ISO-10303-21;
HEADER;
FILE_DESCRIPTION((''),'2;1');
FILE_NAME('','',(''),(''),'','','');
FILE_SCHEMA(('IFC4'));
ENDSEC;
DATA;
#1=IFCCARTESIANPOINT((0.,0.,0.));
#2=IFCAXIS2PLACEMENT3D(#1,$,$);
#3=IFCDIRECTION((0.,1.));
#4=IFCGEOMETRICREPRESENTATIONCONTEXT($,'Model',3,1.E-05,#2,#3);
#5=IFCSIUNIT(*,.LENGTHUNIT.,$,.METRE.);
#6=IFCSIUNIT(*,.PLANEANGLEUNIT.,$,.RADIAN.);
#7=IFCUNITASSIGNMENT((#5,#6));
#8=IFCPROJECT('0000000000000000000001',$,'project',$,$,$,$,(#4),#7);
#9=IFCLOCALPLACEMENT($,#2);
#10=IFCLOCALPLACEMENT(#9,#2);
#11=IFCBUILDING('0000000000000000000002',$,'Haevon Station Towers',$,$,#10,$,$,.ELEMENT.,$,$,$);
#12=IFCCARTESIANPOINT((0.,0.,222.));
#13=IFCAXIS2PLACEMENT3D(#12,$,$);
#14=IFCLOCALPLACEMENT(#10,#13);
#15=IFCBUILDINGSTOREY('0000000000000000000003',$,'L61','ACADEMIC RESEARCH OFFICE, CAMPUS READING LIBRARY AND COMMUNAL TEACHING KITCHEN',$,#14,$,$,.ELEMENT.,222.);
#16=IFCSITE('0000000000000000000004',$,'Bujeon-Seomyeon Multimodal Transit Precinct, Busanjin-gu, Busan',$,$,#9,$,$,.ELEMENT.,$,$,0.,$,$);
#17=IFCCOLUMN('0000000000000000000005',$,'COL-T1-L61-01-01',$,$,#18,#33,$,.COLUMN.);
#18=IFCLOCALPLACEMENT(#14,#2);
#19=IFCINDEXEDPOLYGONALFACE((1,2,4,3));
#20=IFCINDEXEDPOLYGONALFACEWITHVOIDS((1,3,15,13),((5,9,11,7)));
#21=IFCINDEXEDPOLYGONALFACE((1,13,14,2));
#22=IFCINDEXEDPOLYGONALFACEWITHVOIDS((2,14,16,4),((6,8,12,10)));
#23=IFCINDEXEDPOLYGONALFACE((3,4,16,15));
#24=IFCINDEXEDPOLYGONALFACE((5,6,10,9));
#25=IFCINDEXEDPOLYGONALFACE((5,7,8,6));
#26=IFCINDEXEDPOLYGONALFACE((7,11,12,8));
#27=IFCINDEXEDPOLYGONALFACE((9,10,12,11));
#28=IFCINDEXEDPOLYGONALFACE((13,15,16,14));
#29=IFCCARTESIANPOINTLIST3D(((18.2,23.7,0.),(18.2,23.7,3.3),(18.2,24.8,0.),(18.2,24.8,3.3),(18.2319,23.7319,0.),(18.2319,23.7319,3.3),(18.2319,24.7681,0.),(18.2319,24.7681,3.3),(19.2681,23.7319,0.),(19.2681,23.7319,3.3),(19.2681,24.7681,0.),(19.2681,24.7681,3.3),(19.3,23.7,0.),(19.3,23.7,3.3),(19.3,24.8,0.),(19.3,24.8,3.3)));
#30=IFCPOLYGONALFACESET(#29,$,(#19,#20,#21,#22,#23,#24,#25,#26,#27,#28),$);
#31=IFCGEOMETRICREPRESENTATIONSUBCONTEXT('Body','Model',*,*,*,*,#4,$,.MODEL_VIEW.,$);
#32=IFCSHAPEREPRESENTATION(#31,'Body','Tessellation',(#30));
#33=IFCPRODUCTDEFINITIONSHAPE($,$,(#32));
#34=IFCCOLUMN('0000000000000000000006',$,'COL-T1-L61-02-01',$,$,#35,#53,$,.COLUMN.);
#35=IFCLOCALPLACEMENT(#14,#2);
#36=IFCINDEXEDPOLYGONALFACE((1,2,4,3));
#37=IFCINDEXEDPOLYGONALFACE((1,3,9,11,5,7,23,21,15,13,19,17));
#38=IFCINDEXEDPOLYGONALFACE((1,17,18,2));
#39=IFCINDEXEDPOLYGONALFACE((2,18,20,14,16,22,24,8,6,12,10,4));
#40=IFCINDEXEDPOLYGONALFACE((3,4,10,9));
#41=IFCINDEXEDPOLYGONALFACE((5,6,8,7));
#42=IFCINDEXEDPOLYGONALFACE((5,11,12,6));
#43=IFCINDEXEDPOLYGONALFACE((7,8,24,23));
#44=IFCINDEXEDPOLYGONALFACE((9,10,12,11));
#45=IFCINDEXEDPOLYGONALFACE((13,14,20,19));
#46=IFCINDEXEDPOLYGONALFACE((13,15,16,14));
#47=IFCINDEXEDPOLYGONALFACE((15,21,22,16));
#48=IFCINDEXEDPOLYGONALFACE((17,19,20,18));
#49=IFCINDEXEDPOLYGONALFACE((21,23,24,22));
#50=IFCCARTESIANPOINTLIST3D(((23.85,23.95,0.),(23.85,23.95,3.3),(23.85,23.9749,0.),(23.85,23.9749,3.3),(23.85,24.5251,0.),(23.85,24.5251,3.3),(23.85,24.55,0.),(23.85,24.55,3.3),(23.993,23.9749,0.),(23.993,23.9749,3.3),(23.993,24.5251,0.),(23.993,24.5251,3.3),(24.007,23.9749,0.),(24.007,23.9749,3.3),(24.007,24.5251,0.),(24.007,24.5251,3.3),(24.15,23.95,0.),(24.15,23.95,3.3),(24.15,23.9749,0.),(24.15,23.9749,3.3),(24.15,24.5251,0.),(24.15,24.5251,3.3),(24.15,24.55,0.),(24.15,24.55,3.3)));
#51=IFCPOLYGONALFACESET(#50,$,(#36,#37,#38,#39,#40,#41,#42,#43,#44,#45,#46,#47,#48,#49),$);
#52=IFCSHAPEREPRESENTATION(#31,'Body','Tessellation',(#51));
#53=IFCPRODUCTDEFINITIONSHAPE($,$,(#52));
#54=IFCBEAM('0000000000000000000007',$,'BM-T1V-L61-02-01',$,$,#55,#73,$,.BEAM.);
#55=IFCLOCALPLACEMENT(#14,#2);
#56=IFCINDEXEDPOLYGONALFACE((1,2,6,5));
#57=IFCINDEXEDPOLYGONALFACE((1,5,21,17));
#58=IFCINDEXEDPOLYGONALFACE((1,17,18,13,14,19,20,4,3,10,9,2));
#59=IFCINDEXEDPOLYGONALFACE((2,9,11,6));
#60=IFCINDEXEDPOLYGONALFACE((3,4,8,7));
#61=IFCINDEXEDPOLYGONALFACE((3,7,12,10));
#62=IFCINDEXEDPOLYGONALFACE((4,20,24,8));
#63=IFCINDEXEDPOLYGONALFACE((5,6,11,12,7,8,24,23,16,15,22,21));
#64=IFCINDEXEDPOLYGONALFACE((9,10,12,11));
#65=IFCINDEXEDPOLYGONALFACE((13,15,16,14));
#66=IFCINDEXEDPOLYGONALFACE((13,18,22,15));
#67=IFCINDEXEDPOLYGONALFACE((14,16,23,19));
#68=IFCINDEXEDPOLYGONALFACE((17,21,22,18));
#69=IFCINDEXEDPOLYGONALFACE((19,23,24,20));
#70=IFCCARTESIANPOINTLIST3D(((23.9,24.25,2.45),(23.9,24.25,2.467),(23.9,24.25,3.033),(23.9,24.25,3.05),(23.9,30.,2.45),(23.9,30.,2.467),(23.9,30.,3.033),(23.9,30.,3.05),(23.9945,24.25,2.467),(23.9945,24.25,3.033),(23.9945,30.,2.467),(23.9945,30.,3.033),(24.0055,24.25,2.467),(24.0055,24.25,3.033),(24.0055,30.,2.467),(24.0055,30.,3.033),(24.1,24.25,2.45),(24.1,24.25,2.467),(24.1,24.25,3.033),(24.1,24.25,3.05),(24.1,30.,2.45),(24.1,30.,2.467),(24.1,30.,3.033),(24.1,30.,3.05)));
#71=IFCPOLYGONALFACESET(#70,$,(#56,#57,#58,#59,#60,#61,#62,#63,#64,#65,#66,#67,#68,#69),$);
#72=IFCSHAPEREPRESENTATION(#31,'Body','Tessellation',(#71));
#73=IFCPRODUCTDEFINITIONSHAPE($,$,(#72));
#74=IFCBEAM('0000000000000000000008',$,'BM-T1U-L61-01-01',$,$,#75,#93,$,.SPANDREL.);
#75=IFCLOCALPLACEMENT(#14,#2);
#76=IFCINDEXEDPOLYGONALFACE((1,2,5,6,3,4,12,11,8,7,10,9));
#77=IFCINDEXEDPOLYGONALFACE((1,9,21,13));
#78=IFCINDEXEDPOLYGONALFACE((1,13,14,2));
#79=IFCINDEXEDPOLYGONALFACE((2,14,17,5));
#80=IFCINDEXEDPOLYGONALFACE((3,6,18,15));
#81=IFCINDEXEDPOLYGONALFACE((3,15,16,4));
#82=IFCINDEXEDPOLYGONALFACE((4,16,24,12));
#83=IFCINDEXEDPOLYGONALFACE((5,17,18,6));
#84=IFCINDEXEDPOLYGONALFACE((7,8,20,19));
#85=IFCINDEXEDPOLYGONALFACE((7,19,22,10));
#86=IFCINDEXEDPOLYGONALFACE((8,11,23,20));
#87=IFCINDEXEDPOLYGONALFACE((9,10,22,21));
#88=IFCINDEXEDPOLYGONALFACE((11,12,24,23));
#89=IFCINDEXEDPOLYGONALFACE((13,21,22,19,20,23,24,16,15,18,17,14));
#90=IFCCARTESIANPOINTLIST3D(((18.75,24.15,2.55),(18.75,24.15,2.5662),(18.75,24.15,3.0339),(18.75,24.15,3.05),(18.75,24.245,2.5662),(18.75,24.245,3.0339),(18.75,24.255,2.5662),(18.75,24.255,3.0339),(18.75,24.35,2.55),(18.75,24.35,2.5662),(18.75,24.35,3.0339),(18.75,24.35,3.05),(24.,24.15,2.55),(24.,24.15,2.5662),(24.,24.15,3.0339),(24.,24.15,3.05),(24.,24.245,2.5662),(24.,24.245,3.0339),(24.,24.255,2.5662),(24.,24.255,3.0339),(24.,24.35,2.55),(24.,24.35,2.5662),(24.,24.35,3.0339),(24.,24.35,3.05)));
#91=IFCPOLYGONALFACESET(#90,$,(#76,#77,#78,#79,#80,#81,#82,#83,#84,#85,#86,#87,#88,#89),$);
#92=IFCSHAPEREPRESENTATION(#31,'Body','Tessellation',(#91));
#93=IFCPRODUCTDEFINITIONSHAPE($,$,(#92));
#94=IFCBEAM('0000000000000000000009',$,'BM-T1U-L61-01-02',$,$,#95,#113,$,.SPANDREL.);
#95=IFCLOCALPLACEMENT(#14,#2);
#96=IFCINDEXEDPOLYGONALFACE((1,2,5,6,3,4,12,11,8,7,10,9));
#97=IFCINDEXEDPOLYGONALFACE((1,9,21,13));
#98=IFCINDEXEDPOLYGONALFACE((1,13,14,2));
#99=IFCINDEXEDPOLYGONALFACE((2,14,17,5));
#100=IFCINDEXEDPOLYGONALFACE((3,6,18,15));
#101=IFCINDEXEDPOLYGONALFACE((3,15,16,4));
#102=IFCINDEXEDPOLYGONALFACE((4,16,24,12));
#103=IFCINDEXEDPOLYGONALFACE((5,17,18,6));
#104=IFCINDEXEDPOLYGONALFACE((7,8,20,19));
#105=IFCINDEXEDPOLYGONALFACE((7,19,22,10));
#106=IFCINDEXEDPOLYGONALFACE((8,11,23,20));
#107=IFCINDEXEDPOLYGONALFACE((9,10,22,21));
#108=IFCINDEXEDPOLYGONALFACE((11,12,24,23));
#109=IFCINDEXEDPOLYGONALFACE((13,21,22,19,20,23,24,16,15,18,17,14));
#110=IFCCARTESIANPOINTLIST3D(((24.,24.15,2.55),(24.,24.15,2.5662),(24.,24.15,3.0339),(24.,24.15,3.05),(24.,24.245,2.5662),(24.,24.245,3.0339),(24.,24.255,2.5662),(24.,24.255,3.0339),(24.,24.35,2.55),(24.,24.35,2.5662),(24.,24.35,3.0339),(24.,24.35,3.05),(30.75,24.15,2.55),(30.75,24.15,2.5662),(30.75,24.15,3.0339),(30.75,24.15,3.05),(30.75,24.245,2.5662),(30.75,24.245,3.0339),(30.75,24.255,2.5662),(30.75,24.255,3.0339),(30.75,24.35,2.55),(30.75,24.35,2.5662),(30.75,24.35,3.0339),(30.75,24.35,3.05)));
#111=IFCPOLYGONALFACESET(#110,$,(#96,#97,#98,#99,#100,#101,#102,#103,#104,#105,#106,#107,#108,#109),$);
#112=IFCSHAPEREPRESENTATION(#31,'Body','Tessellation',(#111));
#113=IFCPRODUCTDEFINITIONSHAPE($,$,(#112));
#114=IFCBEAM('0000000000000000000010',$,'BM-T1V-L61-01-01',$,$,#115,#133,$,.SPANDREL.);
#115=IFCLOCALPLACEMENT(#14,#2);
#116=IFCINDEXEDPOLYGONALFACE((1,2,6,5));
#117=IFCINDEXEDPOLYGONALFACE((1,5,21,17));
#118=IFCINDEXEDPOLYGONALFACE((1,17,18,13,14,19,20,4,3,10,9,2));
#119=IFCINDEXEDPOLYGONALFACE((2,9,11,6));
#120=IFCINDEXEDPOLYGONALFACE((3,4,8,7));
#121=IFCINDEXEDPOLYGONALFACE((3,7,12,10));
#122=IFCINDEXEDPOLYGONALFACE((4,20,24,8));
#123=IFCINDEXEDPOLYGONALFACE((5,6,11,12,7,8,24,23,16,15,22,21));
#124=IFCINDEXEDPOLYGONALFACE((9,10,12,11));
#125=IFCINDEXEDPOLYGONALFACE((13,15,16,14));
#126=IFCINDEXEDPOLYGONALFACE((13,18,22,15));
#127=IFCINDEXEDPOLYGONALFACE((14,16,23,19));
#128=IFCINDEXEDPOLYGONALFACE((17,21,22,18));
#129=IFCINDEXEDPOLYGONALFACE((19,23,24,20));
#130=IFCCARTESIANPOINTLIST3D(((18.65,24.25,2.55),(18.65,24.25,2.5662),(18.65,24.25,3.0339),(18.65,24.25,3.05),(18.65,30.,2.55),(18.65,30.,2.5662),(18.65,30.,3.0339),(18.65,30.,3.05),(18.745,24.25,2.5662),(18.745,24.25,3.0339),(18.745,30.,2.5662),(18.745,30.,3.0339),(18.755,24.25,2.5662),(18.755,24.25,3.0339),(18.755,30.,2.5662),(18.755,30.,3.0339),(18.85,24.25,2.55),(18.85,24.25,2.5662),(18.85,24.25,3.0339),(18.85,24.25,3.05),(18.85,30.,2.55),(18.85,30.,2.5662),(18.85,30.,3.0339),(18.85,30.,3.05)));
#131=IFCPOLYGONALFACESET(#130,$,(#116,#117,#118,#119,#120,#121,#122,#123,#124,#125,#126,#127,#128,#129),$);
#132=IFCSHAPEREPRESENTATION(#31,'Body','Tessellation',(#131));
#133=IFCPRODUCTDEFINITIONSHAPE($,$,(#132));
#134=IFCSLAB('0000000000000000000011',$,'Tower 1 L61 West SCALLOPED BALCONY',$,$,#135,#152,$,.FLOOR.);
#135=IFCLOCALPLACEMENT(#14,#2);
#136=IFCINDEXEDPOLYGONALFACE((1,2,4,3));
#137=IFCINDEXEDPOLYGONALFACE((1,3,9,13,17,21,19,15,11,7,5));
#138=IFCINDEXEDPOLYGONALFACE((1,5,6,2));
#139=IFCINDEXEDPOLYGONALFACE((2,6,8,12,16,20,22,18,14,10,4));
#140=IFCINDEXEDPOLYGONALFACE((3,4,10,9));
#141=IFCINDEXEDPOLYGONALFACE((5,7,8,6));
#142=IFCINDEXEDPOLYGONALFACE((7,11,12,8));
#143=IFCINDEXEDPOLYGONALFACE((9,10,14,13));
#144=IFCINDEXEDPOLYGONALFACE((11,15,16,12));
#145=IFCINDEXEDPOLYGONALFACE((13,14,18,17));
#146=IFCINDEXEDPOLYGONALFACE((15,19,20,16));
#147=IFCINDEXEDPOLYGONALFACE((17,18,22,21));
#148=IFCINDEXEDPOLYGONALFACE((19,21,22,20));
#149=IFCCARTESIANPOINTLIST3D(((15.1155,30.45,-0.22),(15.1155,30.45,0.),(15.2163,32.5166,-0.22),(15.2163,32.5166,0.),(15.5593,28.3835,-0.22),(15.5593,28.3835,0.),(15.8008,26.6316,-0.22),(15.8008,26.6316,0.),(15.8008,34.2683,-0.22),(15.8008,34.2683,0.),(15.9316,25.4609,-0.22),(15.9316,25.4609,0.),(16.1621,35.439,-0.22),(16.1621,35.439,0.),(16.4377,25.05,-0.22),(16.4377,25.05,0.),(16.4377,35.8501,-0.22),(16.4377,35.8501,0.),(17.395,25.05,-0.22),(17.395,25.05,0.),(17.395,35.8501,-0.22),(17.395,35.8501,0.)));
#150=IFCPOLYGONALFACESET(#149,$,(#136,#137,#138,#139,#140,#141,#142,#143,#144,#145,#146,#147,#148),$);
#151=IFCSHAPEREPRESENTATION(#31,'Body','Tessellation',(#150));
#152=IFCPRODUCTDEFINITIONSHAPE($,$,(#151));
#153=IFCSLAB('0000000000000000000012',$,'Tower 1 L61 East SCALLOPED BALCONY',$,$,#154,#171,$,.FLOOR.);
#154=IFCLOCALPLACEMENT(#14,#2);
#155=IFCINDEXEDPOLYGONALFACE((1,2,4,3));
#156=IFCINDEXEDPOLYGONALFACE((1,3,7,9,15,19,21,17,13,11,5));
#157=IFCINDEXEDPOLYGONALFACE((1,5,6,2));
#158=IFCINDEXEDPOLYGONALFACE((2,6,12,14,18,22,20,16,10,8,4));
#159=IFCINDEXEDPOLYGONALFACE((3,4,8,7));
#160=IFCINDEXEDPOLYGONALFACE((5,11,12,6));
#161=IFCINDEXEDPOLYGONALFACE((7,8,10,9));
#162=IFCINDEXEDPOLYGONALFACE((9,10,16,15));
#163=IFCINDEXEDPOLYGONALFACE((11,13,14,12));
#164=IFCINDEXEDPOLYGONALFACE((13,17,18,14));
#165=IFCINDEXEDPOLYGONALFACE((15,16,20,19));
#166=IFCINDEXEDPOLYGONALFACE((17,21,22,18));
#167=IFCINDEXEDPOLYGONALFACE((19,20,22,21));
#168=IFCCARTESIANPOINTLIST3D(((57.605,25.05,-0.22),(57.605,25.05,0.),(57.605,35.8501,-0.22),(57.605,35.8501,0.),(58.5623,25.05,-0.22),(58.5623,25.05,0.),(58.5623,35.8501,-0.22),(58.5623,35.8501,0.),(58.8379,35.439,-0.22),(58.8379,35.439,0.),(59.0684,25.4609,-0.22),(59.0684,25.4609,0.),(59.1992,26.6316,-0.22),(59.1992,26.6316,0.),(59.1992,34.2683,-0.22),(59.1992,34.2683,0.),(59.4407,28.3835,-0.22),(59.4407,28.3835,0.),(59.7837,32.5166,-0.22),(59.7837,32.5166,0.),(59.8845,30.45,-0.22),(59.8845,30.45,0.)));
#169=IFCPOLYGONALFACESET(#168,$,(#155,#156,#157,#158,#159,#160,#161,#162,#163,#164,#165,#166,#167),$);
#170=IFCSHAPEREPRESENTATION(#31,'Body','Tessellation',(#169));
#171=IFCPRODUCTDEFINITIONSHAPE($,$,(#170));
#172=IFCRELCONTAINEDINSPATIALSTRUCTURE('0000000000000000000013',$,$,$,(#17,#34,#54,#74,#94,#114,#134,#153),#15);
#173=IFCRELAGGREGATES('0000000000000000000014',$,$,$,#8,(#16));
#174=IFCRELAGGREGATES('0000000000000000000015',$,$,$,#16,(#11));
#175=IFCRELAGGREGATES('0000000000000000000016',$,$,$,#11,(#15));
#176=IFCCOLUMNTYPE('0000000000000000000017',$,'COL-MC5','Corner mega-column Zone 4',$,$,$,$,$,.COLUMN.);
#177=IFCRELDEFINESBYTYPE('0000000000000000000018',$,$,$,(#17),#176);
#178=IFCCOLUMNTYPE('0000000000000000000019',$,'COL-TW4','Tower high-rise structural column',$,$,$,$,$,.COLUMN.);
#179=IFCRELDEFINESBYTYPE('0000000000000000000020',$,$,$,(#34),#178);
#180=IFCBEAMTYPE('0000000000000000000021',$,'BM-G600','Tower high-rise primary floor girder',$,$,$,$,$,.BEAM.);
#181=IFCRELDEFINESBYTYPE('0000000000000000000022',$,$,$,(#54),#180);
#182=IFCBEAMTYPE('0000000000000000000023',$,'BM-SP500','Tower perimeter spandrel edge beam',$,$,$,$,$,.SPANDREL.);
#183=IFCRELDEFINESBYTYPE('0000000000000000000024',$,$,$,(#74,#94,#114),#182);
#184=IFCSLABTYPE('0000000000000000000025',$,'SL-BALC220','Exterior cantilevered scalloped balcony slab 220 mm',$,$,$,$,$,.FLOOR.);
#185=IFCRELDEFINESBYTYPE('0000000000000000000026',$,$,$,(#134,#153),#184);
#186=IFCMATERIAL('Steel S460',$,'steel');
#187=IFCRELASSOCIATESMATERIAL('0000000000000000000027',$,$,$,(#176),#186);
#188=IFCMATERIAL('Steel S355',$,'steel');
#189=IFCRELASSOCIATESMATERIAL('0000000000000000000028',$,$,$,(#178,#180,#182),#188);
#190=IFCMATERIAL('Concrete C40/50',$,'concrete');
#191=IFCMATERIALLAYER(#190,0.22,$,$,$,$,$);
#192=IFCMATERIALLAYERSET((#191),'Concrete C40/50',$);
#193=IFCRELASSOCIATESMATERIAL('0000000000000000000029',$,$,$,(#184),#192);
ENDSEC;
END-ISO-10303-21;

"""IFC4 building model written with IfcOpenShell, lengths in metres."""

from ifc_helpers import new_model, si_unit, direction, frame, origin, origin_2d, place, context, subcontext, project, spatial, polyline, hollow_rectangle, i_section, outline, extrude, material, layer, layer_set, material_profile, profile_set, type_object, element, save


model = new_model("IFC4")

# Units and contexts
model_context = context("Model", 3, precision=1e-05, world=origin(), true_north=direction((0.0, 1.0)))
body_context = subcontext(model_context, "Body", "Model", "MODEL_VIEW")
ifc_project = project(units=[si_unit("LENGTHUNIT", "METRE"), si_unit("PLANEANGLEUNIT", "RADIAN")], contexts=[model_context])

# Site, building, storey
site_placement = place(None, origin())
site = spatial("IfcSite", under=ifc_project, at=site_placement, Name="Bujeon-Seomyeon Multimodal Transit Precinct, Busanjin-gu, Busan", CompositionType="ELEMENT", RefElevation=0.0)
building_placement = place(site_placement, origin())
building = spatial("IfcBuilding", under=site, at=building_placement, Name="Haevon Station Towers", CompositionType="ELEMENT")
storey_placement = place(building_placement, frame((0.0, 0.0, 222.0)))
storey = spatial("IfcBuildingStorey", under=building, at=storey_placement, Name="L61", Description="ACADEMIC RESEARCH OFFICE, CAMPUS READING LIBRARY AND COMMUNAL TEACHING KITCHEN", CompositionType="ELEMENT", Elevation=222.0)

# Columns
ifc_material_1 = material(Name="Steel S460", Category="steel")
ifc_material_profile_1 = material_profile(ifc_material_1, hollow_rectangle(XDim=1.1001, YDim=1.1001, WallThickness=0.032, at=origin_2d()), Name="BOX-1100x1100x32")
ifc_profile_set_1 = profile_set([ifc_material_profile_1], Name="Steel S460")
column_type_1 = type_object("IfcColumnType", Name="COL-MC5", Description="Corner mega-column Zone 4", PredefinedType="COLUMN", material=ifc_profile_set_1)
column_1_placement = place(storey_placement, frame((18.75, 24.25, 0.0), z_axis=(0.0, 0.0, 1.0), x_axis=(1.0, 0.0, 0.0)))
element("IfcColumn", 1, at=column_1_placement, inside=storey, type_object=column_type_1, Name="COL-T1-L61-01-01", PredefinedType="COLUMN", context=body_context, shape_type="SweptSolid", body=[
    extrude(hollow_rectangle(XDim=1.1001, YDim=1.1001, WallThickness=0.032, at=origin_2d()), origin(), (0.0, 0.0, 1.0), 3.3),
])
ifc_material_2 = material(Name="Steel S355", Category="steel")
ifc_material_profile_2 = material_profile(ifc_material_2, i_section(OverallWidth=0.3, OverallDepth=0.6001, WebThickness=0.0139, FlangeThickness=0.0249, at=origin_2d()), Name="H-600x300x14x25")
ifc_profile_set_2 = profile_set([ifc_material_profile_2], Name="Steel S355")
column_type_2 = type_object("IfcColumnType", Name="COL-TW4", Description="Tower high-rise structural column", PredefinedType="COLUMN", material=ifc_profile_set_2)
column_2_placement = place(storey_placement, frame((24.0, 24.25, 0.0), z_axis=(0.0, 0.0, 1.0), x_axis=(1.0, 0.0, 0.0)))
element("IfcColumn", 2, at=column_2_placement, inside=storey, type_object=column_type_2, Name="COL-T1-L61-02-01", PredefinedType="COLUMN", context=body_context, shape_type="SweptSolid", body=[
    extrude(i_section(OverallWidth=0.3, OverallDepth=0.6001, WebThickness=0.0139, FlangeThickness=0.0249, at=origin_2d()), origin(), (0.0, 0.0, 1.0), 3.3),
])

# Beams
ifc_material_profile_3 = material_profile(ifc_material_2, i_section(OverallWidth=0.2, OverallDepth=0.6001, WebThickness=0.011, FlangeThickness=0.0171, at=origin_2d()), Name="H-600x200x11x17")
ifc_profile_set_3 = profile_set([ifc_material_profile_3], Name="Steel S355")
beam_type_1 = type_object("IfcBeamType", Name="BM-G600", Description="Tower high-rise primary floor girder", PredefinedType="BEAM", material=ifc_profile_set_3)
beam_1_placement = place(storey_placement, frame((24.0, 24.25, 2.75), z_axis=(0.0, 1.0, 0.0), x_axis=(-1.0, 0.0, 0.0)))
element("IfcBeam", 3, at=beam_1_placement, inside=storey, type_object=beam_type_1, Name="BM-T1V-L61-02-01", PredefinedType="BEAM", context=body_context, shape_type="SweptSolid", body=[
    extrude(i_section(OverallWidth=0.2, OverallDepth=0.6001, WebThickness=0.011, FlangeThickness=0.0171, at=origin_2d()), origin(), (0.0, 0.0, 1.0), 5.75),
])
ifc_material_profile_4 = material_profile(ifc_material_2, i_section(OverallWidth=0.2, OverallDepth=0.5, WebThickness=0.01, FlangeThickness=0.0161, at=origin_2d()), Name="H-500x200x10x16")
ifc_profile_set_4 = profile_set([ifc_material_profile_4], Name="Steel S355")
beam_type_2 = type_object("IfcBeamType", Name="BM-SP500", Description="Tower perimeter spandrel edge beam", PredefinedType="SPANDREL", material=ifc_profile_set_4)
beam_2_placement = place(storey_placement, frame((18.75, 24.25, 2.8), z_axis=(1.0, 0.0, 0.0), x_axis=(0.0, 1.0, 0.0)))
element("IfcBeam", 4, at=beam_2_placement, inside=storey, type_object=beam_type_2, Name="BM-T1U-L61-01-01", PredefinedType="SPANDREL", context=body_context, shape_type="SweptSolid", body=[
    extrude(i_section(OverallWidth=0.2, OverallDepth=0.5, WebThickness=0.01, FlangeThickness=0.0161, at=origin_2d()), origin(), (0.0, 0.0, 1.0), 5.25),
])
beam_3_placement = place(storey_placement, frame((24.0, 24.25, 2.8), z_axis=(1.0, 0.0, 0.0), x_axis=(0.0, 1.0, 0.0)))
element("IfcBeam", 5, at=beam_3_placement, inside=storey, type_object=beam_type_2, Name="BM-T1U-L61-01-02", PredefinedType="SPANDREL", context=body_context, shape_type="SweptSolid", body=[
    extrude(i_section(OverallWidth=0.2, OverallDepth=0.5, WebThickness=0.01, FlangeThickness=0.0161, at=origin_2d()), origin(), (0.0, 0.0, 1.0), 6.75),
])
beam_4_placement = place(storey_placement, frame((18.75, 24.25, 2.8), z_axis=(0.0, 1.0, 0.0), x_axis=(-1.0, 0.0, 0.0)))
element("IfcBeam", 6, at=beam_4_placement, inside=storey, type_object=beam_type_2, Name="BM-T1V-L61-01-01", PredefinedType="SPANDREL", context=body_context, shape_type="SweptSolid", body=[
    extrude(i_section(OverallWidth=0.2, OverallDepth=0.5, WebThickness=0.01, FlangeThickness=0.0161, at=origin_2d()), origin(), (0.0, 0.0, 1.0), 5.75),
])

# Slabs
ifc_material_3 = material(Name="Concrete C40/50", Category="concrete")
ifc_layer_1 = layer(ifc_material_3, 0.22)
ifc_layer_set_1 = layer_set([ifc_layer_1], Name="Concrete C40/50")
slab_type_1 = type_object("IfcSlabType", Name="SL-BALC220", Description="Exterior cantilevered scalloped balcony slab 220 mm", PredefinedType="FLOOR", material=ifc_layer_set_1)
slab_1_placement = place(storey_placement, frame((0.0, 0.0, -0.22)))
element("IfcSlab", 7, at=slab_1_placement, inside=storey, type_object=slab_type_1, Name="Tower 1 L61 West SCALLOPED BALCONY", PredefinedType="FLOOR", context=body_context, shape_type="SweptSolid", body=[
    extrude(outline(polyline([(17.395, 35.8501), (16.4377, 35.8501), (16.1621, 35.439), (15.8008, 34.2683), (15.2163, 32.5166), (15.1155, 30.45), (15.5593, 28.3835), (15.8008, 26.6316), (15.9316, 25.4609), (16.4377, 25.05), (17.395, 25.05), (17.395, 35.8501)])), origin(), (0.0, 0.0, 1.0), 0.22),
])
slab_2_placement = place(storey_placement, frame((0.0, 0.0, -0.22)))
element("IfcSlab", 8, at=slab_2_placement, inside=storey, type_object=slab_type_1, Name="Tower 1 L61 East SCALLOPED BALCONY", PredefinedType="FLOOR", context=body_context, shape_type="SweptSolid", body=[
    extrude(outline(polyline([(57.605, 25.05), (58.5623, 25.05), (59.0684, 25.4609), (59.1992, 26.6316), (59.4407, 28.3835), (59.8845, 30.45), (59.7837, 32.5166), (59.1992, 34.2683), (58.8379, 35.439), (58.5623, 35.8501), (57.605, 35.8501), (57.605, 25.05)])), origin(), (0.0, 0.0, 1.0), 0.22),
])

save(model, "model.ifc")
